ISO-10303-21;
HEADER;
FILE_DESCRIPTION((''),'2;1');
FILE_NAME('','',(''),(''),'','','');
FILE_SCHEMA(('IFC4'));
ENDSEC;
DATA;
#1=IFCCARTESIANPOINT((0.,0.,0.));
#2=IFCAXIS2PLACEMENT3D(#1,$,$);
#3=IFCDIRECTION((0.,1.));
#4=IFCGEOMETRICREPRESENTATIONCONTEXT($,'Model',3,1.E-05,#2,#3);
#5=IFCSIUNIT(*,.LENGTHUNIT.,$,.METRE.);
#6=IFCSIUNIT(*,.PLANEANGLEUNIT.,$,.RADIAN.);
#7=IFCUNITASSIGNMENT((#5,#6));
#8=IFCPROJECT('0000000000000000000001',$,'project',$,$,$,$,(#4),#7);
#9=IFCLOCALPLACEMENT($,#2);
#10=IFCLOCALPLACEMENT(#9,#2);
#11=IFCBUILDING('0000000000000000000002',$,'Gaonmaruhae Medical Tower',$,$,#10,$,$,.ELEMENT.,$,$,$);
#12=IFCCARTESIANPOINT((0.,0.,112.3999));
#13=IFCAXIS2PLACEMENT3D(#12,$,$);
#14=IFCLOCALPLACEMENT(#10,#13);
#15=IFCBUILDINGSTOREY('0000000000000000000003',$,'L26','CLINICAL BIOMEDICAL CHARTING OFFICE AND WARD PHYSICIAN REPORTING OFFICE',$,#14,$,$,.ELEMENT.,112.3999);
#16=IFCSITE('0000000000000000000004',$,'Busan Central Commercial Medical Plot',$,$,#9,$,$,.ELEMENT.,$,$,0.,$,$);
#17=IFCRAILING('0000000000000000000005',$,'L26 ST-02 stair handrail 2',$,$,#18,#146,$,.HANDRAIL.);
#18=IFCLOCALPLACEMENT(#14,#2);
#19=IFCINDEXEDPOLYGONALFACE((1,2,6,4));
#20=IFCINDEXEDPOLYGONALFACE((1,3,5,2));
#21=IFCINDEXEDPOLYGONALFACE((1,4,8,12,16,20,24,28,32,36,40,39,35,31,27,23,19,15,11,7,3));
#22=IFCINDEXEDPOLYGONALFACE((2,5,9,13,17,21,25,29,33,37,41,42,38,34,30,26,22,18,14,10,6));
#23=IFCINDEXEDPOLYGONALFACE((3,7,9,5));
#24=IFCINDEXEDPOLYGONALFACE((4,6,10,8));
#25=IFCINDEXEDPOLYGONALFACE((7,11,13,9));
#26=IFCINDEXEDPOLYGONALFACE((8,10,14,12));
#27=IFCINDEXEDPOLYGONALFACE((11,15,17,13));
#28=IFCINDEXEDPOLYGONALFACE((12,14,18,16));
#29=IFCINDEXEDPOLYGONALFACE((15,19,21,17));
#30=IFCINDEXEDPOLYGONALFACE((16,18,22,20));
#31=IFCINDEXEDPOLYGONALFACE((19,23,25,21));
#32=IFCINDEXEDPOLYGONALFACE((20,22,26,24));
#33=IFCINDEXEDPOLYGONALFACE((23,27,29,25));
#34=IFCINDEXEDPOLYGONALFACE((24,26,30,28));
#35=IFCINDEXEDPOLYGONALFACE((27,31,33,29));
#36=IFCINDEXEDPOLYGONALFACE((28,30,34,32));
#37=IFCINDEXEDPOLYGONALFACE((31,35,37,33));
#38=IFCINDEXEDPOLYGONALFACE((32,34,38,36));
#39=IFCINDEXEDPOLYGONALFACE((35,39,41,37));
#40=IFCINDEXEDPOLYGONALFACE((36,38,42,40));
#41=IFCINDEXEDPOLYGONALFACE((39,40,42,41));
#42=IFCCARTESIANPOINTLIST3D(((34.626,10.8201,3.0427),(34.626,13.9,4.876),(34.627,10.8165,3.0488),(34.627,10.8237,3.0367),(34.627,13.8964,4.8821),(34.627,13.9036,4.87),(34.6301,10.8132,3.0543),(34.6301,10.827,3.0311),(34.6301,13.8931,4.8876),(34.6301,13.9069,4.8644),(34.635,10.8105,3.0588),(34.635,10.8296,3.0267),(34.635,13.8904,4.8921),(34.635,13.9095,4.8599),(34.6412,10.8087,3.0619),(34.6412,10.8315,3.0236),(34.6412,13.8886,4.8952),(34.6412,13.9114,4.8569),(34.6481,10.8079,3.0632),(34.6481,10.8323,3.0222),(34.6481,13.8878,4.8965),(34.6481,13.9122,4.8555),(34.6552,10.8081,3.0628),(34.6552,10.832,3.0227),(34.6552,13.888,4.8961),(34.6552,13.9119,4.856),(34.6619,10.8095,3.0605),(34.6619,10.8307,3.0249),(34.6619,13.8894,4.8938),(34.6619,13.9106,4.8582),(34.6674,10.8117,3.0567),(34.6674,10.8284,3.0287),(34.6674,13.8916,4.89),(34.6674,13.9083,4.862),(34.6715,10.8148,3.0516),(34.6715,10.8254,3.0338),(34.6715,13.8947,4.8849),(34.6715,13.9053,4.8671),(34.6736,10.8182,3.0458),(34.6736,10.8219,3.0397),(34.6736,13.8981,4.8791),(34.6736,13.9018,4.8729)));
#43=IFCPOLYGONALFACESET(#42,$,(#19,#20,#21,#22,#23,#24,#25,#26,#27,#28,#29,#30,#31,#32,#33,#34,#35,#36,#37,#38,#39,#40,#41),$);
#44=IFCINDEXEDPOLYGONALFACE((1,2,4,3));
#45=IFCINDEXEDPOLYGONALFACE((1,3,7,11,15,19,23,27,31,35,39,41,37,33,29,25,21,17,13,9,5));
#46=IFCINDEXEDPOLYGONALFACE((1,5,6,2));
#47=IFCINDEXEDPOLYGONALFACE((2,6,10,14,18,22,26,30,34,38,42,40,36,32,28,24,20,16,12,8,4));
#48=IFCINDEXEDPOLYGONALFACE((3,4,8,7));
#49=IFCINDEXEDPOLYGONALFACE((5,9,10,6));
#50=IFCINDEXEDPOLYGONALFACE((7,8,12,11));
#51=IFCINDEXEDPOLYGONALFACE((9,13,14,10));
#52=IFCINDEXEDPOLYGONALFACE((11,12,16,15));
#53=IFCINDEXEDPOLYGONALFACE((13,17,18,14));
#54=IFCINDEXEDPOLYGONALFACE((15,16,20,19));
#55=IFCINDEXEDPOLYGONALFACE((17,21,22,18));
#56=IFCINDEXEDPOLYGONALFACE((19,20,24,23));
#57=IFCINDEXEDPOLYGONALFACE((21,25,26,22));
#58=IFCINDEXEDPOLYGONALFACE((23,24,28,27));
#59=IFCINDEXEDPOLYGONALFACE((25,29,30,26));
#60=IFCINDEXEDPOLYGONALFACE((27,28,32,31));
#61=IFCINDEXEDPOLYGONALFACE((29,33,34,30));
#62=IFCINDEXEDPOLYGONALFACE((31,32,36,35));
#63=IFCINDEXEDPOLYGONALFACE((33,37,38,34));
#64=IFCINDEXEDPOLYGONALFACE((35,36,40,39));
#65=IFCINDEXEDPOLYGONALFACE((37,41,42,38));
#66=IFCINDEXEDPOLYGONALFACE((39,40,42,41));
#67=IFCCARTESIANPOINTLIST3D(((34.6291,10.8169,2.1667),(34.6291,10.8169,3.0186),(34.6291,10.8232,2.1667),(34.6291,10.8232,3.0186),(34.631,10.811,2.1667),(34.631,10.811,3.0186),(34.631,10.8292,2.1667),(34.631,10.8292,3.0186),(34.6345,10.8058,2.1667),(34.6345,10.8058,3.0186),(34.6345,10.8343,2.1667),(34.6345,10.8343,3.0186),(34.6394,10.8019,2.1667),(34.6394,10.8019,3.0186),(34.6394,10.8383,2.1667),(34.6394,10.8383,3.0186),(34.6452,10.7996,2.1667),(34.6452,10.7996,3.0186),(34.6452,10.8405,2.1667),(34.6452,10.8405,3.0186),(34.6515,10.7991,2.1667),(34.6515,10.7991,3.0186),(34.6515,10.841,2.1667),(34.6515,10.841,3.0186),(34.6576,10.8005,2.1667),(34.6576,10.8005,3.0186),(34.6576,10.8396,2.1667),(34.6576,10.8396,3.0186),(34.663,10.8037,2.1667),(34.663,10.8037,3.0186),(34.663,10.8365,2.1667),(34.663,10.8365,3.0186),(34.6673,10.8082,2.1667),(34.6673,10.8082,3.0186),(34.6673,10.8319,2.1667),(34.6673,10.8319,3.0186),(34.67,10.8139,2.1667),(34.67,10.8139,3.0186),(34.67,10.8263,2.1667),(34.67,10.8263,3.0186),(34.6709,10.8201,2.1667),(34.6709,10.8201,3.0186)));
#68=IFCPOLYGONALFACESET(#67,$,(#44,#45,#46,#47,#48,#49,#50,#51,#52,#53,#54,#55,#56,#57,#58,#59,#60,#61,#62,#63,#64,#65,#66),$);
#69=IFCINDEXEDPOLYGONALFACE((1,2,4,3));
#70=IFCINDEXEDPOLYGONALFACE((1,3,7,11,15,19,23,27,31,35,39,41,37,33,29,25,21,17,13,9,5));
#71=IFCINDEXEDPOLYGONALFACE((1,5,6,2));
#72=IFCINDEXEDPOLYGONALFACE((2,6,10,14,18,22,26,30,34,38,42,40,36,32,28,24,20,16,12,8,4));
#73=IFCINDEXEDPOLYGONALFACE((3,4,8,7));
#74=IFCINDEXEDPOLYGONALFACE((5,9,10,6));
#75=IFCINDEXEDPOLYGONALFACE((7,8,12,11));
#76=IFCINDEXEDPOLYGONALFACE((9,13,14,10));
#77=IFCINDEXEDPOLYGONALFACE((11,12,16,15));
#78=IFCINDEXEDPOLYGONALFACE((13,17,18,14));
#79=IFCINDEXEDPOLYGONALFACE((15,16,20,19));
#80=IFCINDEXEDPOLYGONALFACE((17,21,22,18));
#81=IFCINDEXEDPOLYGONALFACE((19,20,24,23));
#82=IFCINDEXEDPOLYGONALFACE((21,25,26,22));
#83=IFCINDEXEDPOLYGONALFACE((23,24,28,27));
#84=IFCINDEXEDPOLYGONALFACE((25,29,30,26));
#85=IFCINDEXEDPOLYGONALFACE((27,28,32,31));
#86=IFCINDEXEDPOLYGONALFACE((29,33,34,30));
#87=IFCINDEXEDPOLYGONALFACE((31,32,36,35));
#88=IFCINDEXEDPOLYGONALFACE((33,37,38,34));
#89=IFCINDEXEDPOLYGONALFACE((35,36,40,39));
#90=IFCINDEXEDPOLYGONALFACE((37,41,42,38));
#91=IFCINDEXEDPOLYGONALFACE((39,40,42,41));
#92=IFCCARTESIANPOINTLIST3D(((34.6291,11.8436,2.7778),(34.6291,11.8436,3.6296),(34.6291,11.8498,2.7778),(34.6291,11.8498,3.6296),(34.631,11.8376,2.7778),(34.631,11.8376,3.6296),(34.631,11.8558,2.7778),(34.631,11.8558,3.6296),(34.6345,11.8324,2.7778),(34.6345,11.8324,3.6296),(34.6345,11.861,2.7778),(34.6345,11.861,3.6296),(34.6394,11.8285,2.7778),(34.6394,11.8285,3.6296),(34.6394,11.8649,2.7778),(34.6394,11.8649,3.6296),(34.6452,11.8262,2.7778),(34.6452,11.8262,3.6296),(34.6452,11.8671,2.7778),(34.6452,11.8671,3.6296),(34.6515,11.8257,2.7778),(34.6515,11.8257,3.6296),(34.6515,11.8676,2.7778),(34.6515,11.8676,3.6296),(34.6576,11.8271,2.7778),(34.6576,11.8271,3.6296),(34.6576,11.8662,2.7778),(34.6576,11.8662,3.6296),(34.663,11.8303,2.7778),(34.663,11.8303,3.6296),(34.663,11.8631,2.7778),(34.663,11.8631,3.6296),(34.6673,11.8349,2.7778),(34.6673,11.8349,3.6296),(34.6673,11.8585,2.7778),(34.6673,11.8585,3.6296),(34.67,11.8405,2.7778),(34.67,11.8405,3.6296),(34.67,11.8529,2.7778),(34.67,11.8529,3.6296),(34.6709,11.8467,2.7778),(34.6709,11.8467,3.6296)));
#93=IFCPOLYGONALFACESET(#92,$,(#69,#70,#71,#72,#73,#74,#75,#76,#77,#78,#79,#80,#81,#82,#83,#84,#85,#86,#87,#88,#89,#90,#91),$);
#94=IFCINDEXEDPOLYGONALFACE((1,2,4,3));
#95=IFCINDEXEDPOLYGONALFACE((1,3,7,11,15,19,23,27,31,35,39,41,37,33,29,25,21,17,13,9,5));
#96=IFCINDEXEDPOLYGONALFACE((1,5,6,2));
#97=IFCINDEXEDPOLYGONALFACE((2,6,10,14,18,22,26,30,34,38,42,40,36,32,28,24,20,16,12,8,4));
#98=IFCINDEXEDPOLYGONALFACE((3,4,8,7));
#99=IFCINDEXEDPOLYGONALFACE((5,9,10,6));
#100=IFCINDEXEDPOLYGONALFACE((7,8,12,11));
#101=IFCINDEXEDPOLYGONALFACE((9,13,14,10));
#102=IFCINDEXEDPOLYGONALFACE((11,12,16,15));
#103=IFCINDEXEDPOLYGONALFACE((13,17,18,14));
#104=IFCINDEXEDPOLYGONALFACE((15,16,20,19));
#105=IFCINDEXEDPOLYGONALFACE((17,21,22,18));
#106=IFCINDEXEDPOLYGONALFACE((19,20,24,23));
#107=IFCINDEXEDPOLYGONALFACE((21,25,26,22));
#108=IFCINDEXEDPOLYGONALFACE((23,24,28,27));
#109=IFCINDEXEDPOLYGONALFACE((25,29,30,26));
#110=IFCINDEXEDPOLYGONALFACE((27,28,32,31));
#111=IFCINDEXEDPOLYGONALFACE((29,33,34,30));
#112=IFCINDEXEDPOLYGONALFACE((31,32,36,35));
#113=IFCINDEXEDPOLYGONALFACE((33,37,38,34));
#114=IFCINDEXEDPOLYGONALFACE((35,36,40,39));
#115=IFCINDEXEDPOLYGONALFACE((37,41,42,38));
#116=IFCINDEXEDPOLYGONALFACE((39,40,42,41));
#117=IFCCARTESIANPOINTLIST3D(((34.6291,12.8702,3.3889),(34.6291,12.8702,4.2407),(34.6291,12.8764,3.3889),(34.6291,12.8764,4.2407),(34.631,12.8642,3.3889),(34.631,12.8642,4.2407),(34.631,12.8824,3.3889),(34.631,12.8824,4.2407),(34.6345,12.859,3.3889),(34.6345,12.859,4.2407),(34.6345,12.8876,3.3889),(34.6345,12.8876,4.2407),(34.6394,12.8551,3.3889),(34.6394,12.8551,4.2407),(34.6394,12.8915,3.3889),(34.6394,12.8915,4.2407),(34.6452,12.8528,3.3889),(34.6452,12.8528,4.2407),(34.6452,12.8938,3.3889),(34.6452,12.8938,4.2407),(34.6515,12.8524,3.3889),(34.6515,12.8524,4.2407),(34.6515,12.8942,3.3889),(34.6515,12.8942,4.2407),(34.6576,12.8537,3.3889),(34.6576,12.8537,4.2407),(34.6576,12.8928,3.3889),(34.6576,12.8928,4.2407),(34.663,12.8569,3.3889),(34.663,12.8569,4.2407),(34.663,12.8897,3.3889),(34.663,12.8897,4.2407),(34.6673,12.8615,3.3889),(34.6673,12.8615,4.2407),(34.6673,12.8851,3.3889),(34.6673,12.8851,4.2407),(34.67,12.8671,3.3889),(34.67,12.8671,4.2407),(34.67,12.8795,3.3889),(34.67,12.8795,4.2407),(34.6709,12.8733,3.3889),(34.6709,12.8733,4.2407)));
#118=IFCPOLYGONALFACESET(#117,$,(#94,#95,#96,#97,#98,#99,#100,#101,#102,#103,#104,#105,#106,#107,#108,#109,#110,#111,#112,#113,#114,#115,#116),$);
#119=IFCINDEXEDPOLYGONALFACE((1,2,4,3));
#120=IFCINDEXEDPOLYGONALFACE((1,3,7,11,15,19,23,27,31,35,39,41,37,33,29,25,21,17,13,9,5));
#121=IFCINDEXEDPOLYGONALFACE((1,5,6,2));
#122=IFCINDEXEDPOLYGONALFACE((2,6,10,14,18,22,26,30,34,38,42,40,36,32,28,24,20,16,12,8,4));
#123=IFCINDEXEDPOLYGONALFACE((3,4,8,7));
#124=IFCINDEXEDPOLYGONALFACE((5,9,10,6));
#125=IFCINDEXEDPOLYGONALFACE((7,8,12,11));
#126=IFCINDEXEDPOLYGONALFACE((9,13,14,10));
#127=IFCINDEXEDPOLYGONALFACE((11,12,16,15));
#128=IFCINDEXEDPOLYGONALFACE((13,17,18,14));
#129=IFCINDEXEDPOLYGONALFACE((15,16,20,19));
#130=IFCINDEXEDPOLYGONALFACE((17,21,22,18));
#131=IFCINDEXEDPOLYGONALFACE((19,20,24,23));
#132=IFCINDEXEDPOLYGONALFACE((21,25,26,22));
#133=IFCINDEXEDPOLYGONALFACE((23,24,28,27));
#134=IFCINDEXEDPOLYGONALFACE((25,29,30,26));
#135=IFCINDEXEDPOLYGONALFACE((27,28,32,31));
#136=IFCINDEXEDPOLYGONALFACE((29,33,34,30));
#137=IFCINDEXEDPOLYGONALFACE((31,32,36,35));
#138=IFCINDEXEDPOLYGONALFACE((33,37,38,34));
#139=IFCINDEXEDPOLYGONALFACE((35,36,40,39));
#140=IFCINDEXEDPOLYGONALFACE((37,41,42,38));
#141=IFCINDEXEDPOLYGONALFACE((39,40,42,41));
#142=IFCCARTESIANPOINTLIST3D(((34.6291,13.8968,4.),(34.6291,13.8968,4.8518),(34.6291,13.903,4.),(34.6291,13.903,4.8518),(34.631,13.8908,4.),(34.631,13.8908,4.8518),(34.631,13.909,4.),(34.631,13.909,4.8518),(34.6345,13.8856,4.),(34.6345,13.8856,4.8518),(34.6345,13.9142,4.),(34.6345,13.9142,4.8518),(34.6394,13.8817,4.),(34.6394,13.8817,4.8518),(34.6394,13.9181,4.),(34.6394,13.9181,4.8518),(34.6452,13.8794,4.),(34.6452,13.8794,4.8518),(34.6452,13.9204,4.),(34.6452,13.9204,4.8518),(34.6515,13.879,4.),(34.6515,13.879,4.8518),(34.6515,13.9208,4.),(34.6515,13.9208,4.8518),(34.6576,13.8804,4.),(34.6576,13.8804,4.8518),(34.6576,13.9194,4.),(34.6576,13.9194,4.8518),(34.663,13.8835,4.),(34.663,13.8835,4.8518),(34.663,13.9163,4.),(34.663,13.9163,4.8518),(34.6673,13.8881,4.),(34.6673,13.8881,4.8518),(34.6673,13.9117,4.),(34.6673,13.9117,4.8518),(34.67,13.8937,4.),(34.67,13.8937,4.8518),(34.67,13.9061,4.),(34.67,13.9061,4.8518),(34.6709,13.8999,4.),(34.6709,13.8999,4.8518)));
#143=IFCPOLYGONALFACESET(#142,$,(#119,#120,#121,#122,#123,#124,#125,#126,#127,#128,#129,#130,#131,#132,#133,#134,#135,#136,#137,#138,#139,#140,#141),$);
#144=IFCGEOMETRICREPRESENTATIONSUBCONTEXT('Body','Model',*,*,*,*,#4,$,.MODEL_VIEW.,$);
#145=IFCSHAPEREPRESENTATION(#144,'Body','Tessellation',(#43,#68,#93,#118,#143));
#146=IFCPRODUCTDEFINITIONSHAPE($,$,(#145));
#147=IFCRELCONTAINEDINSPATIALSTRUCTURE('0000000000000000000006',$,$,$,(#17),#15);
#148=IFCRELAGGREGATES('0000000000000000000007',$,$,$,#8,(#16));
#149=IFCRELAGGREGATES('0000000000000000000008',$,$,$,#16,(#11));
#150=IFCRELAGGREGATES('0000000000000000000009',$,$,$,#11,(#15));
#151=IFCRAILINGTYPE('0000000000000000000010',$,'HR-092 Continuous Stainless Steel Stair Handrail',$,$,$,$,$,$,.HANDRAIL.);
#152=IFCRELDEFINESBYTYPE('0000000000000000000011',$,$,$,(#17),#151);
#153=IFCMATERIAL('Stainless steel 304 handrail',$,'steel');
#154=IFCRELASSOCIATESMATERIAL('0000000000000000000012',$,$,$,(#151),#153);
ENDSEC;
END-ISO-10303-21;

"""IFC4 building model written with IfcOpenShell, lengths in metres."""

from ifc_helpers import new_model, si_unit, direction, frame, origin, origin_2d, place, context, subcontext, project, spatial, circle, extrude, material, type_object, element, save


model = new_model("IFC4")

# Units and contexts
model_context = context("Model", 3, precision=1e-05, world=origin(), true_north=direction((0.0, 1.0)))
body_context = subcontext(model_context, "Body", "Model", "MODEL_VIEW")
ifc_project = project(units=[si_unit("LENGTHUNIT", "METRE"), si_unit("PLANEANGLEUNIT", "RADIAN")], contexts=[model_context])

# Site, building, storey
site_placement = place(None, origin())
site = spatial("IfcSite", under=ifc_project, at=site_placement, Name="Busan Central Commercial Medical Plot", CompositionType="ELEMENT", RefElevation=0.0)
building_placement = place(site_placement, origin())
building = spatial("IfcBuilding", under=site, at=building_placement, Name="Gaonmaruhae Medical Tower", CompositionType="ELEMENT")
storey_placement = place(building_placement, frame((0.0, 0.0, 112.3999)))
storey = spatial("IfcBuildingStorey", under=building, at=storey_placement, Name="L26", Description="CLINICAL BIOMEDICAL CHARTING OFFICE AND WARD PHYSICIAN REPORTING OFFICE", CompositionType="ELEMENT", Elevation=112.3999)

# Railing
ifc_material_1 = material(Name="Stainless steel 304 handrail", Category="steel")
railing_type_1 = type_object("IfcRailingType", Name="HR-092 Continuous Stainless Steel Stair Handrail", PredefinedType="HANDRAIL", material=ifc_material_1)
railing_1_placement = place(storey_placement, frame((34.6499, 10.8201, 2.1667)))
element("IfcRailing", 1, at=railing_1_placement, inside=storey, type_object=railing_type_1, Name="L26 ST-02 stair handrail 2", PredefinedType="HANDRAIL", context=body_context, shape_type="SweptSolid", body=[
    extrude(circle(Radius=0.0239, at=origin_2d()), frame((0.0, 0.0, 0.876), z_axis=(0.0, 0.859291, 0.511487), x_axis=(-1.0, 0.0, 0.0)), (0.0, 0.0, 1.0), 3.5842),
    extrude(circle(Radius=0.021, at=origin_2d()), origin(), (0.0, 0.0, 1.0), 0.8518),
    extrude(circle(Radius=0.021, at=origin_2d()), frame((0.0, 1.0266, 0.6111)), (0.0, 0.0, 1.0), 0.8518),
    extrude(circle(Radius=0.021, at=origin_2d()), frame((0.0, 2.0532, 1.2222)), (0.0, 0.0, 1.0), 0.8518),
    extrude(circle(Radius=0.021, at=origin_2d()), frame((0.0, 3.0798, 1.8333)), (0.0, 0.0, 1.0), 0.8518),
])

save(model, "model.ifc")
